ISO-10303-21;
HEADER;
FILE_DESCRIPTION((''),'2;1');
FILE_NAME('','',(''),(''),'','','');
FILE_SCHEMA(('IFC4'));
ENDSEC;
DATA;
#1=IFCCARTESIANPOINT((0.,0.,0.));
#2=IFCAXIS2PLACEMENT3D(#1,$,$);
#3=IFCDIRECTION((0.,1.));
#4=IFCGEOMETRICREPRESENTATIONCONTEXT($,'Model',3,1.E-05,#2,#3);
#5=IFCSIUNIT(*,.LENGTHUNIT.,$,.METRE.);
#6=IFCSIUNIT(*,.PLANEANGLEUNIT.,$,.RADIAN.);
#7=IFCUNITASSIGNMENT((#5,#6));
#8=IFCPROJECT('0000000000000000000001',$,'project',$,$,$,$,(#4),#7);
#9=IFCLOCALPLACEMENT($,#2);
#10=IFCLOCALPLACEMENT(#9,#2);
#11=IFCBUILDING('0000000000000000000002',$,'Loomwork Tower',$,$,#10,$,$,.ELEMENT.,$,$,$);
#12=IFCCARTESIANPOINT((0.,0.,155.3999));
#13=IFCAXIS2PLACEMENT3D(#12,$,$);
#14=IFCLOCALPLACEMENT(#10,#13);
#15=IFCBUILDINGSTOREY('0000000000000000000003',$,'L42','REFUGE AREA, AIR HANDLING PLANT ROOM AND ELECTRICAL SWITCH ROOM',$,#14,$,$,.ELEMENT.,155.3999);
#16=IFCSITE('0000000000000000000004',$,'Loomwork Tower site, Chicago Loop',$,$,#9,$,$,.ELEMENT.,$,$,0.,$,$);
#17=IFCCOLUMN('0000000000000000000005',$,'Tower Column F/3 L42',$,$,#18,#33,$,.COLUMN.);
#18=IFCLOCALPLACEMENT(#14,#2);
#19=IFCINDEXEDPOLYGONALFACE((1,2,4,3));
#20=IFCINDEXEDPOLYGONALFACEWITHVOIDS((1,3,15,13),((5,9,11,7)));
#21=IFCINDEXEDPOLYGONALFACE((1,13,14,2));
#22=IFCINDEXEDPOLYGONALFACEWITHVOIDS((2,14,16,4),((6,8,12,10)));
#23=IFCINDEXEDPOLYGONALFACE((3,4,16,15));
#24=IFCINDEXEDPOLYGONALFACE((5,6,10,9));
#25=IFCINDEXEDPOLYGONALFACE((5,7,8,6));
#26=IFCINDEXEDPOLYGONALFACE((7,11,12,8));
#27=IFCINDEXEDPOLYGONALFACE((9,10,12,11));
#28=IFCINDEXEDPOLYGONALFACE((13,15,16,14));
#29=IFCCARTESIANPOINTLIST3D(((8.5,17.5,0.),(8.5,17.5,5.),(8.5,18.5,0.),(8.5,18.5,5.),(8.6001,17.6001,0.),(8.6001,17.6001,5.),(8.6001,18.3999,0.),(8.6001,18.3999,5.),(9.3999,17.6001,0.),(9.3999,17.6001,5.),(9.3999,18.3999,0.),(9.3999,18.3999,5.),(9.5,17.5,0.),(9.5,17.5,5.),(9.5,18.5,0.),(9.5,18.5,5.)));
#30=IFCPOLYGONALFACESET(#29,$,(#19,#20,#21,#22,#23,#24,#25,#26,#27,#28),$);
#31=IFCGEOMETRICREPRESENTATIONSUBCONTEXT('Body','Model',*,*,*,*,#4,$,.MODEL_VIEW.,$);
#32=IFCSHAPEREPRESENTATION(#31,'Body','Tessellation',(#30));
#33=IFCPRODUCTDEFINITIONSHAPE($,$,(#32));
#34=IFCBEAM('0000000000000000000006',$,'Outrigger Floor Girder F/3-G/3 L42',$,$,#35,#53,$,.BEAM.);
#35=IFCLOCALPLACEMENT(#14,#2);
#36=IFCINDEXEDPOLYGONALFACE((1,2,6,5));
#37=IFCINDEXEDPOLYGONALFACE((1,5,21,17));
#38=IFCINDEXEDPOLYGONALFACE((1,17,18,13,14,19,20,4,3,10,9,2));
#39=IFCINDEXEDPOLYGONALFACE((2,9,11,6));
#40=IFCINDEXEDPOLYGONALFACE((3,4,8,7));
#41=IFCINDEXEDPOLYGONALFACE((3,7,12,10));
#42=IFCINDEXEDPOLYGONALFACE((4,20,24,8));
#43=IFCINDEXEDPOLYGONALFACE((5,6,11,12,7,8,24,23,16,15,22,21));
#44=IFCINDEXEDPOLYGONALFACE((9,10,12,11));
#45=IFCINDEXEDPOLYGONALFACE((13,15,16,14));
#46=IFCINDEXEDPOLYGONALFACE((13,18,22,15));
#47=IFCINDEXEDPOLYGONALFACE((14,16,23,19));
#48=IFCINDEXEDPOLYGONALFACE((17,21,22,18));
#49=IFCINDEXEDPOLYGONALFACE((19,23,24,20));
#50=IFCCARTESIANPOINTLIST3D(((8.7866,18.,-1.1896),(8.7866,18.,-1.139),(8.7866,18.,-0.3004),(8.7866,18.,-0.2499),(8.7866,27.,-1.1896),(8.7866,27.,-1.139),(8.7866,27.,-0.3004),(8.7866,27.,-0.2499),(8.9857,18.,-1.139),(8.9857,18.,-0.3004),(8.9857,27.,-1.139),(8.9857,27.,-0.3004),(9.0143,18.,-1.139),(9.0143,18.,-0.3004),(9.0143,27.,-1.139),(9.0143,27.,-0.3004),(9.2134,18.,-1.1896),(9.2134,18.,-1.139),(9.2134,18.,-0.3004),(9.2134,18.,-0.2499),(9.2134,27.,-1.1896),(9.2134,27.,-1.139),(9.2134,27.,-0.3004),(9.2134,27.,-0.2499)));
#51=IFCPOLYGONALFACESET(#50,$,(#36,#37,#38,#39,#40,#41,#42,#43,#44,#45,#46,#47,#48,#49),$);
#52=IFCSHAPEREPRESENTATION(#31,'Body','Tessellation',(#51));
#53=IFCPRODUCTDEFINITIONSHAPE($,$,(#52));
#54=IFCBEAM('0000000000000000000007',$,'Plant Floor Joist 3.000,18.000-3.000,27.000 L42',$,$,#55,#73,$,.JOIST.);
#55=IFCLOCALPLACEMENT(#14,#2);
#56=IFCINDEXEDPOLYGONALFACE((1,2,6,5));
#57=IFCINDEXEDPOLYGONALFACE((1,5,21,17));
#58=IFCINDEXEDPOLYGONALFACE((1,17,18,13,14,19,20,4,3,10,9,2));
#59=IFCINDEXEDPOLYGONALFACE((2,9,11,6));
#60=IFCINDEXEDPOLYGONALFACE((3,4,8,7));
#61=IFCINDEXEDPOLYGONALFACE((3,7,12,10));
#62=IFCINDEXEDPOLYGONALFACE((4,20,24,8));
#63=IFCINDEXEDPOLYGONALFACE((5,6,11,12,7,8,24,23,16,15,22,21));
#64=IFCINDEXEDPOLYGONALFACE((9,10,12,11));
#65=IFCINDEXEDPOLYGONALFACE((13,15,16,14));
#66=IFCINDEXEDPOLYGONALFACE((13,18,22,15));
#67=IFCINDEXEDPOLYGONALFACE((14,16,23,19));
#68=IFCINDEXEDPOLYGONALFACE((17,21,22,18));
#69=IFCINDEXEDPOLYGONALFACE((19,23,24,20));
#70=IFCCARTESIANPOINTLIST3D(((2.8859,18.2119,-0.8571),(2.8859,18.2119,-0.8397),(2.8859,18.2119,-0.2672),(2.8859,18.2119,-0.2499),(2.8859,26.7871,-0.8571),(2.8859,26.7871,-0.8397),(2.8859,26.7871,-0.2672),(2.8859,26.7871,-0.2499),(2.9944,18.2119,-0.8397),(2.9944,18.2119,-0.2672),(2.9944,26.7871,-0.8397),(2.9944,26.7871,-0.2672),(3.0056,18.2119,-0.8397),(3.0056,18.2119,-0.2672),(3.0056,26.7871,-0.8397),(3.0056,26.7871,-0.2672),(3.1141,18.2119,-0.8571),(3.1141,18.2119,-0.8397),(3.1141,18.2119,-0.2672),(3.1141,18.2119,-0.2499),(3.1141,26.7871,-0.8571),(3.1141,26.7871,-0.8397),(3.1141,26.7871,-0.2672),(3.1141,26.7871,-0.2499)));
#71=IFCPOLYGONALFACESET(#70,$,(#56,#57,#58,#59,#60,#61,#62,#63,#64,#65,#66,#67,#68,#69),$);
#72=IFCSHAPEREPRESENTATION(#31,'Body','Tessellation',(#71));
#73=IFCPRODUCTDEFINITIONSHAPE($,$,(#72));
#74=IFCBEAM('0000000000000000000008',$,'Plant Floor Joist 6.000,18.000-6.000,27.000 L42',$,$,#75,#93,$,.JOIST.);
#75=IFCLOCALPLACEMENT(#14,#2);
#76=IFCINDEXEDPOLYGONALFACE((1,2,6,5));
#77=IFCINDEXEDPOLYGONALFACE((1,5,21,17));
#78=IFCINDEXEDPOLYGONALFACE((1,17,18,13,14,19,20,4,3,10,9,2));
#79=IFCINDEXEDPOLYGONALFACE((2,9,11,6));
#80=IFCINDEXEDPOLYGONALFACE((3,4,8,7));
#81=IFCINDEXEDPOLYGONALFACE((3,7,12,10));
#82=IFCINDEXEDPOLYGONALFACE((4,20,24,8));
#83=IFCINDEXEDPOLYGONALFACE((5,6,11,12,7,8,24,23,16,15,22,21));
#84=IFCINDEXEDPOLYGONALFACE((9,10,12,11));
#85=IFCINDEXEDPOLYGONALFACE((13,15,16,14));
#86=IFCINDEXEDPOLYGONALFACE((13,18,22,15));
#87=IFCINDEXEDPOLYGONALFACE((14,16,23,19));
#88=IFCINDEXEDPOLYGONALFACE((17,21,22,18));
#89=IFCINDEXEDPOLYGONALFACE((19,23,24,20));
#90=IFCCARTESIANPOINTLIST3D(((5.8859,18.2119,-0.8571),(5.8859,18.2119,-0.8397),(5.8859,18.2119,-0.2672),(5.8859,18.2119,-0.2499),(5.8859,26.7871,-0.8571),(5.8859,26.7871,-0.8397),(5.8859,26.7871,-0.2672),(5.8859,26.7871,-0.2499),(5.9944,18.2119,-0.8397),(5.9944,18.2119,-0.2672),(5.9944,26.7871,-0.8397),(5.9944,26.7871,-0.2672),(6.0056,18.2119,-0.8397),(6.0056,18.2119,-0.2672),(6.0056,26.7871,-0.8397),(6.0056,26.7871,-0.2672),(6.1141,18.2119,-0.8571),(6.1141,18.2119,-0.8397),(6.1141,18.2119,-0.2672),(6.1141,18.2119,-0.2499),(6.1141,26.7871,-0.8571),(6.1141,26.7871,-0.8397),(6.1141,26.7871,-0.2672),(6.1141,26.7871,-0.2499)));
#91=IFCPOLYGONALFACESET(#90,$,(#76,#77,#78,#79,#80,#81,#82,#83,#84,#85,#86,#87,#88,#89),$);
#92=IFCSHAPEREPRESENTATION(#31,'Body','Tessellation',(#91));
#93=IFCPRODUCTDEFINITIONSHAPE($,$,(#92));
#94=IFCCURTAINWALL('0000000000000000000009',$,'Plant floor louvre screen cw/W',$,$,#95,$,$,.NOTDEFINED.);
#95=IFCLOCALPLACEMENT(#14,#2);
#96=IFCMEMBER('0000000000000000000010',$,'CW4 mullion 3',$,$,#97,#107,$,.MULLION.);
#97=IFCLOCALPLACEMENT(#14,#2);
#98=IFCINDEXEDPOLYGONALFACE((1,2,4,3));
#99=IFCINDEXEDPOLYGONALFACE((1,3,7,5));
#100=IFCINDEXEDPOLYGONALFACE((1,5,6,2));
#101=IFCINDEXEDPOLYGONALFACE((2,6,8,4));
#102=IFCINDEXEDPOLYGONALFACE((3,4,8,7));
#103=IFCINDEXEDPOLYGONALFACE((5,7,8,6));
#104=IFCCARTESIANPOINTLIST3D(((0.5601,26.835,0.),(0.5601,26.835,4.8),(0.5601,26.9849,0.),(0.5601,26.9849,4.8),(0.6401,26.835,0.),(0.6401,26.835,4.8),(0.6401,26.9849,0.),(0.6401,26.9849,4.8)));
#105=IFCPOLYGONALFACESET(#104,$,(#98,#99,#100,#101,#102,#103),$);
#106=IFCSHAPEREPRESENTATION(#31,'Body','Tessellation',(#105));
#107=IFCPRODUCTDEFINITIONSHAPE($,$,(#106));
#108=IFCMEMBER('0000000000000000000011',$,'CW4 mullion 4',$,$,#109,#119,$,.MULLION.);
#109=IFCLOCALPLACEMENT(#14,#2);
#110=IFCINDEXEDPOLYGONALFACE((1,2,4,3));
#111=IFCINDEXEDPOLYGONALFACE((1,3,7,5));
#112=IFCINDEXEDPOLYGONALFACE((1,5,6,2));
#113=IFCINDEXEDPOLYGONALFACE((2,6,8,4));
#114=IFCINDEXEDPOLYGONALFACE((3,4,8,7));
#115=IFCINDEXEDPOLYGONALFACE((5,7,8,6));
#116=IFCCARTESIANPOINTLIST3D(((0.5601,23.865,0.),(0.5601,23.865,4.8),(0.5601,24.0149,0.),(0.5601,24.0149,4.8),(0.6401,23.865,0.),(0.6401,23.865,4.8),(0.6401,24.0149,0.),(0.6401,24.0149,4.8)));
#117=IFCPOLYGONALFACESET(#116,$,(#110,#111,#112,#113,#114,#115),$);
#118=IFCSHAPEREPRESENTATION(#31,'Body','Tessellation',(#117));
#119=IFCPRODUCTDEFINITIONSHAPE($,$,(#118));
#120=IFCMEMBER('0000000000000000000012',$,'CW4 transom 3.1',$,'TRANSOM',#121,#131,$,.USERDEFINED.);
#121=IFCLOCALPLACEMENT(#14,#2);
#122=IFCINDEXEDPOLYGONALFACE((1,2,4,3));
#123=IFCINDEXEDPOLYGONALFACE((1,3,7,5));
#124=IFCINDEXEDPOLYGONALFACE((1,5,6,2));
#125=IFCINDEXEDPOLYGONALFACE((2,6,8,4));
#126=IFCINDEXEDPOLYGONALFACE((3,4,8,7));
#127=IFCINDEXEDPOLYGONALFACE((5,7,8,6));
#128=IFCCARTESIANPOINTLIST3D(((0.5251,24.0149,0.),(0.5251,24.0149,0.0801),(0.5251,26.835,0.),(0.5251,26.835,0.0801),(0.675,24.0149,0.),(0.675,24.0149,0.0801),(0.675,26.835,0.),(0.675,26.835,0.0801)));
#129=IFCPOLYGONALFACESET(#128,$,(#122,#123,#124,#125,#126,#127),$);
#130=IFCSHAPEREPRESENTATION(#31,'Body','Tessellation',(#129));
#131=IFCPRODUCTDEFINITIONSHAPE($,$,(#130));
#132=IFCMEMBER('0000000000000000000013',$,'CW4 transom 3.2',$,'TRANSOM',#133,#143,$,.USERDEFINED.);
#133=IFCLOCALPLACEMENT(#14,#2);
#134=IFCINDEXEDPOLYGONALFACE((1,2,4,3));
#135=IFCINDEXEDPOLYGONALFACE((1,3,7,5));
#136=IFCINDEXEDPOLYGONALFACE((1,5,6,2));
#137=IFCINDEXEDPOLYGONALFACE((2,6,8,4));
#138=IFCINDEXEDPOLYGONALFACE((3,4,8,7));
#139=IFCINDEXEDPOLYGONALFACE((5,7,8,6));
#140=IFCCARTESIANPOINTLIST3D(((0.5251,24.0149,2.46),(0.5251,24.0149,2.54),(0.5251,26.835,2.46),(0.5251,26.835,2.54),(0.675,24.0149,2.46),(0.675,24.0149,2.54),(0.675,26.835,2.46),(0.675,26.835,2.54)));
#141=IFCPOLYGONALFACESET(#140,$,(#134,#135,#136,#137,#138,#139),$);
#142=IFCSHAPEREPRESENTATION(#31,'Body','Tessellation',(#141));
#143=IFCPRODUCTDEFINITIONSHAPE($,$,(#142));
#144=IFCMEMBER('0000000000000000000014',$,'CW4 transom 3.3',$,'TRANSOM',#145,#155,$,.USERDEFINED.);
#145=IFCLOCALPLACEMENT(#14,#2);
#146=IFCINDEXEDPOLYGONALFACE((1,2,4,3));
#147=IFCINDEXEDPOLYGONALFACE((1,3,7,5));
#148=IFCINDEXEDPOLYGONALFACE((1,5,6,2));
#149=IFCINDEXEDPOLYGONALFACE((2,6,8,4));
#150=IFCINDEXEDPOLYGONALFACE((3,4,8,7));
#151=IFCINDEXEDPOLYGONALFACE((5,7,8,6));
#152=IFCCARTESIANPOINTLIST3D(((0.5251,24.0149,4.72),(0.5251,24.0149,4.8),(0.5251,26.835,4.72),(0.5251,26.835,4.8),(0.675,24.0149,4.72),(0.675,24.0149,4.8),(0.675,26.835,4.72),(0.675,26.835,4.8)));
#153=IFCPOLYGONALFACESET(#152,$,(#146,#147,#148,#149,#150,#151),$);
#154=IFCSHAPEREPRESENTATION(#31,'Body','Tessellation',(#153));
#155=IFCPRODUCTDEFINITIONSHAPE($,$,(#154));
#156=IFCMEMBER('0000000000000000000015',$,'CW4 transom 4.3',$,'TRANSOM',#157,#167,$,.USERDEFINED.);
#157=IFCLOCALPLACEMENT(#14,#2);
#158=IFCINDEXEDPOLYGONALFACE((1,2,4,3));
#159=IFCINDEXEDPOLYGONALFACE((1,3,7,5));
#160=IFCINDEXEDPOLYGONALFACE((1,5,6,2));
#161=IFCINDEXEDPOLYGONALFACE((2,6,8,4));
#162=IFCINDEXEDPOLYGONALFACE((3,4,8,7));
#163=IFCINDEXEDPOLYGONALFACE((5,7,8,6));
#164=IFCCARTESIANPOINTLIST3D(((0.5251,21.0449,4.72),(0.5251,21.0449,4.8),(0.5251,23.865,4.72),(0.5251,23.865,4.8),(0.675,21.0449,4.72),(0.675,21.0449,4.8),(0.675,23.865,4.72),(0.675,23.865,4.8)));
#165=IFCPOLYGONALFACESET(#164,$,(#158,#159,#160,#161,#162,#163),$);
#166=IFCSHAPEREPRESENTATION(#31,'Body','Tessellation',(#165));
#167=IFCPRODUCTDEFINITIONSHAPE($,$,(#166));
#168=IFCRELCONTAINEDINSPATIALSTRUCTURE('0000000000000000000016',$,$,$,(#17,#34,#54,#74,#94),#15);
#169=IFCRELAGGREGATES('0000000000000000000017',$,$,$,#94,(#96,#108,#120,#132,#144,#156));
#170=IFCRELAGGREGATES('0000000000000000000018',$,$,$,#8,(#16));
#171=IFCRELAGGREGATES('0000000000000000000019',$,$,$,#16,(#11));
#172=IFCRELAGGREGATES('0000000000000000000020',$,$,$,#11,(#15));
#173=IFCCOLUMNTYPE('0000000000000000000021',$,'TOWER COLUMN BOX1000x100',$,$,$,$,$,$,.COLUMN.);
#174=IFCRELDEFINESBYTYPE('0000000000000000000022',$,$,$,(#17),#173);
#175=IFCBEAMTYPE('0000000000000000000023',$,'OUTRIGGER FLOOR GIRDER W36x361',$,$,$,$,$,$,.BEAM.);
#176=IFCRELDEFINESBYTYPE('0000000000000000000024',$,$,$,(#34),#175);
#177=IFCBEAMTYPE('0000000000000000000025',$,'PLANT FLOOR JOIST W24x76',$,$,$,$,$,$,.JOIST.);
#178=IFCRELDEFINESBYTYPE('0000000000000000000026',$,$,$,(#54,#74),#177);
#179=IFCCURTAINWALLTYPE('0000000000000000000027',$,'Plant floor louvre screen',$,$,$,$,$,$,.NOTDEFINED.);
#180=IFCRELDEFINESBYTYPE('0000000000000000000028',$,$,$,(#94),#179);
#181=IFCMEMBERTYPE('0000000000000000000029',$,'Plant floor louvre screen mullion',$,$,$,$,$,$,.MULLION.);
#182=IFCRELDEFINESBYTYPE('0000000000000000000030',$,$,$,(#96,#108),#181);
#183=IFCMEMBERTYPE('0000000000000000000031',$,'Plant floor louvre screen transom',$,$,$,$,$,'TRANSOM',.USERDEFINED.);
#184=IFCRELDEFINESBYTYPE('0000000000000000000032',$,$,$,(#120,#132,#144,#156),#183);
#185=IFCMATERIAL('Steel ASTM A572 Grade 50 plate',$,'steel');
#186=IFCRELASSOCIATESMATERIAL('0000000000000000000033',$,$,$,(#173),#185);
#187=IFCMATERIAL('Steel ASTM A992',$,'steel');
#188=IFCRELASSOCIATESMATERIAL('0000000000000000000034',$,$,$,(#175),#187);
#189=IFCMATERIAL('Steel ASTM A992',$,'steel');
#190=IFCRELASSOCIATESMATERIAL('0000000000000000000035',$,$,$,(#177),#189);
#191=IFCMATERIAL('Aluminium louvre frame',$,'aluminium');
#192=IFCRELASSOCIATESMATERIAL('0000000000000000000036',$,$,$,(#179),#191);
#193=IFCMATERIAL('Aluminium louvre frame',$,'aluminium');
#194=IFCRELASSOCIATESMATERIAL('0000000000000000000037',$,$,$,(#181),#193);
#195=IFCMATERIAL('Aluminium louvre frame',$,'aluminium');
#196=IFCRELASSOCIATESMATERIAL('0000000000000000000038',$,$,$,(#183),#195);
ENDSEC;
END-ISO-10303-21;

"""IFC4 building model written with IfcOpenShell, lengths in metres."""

from ifc_helpers import new_model, si_unit, direction, frame, origin, origin_2d, place, context, subcontext, project, spatial, rectangle, hollow_rectangle, i_section, extrude, material, material_profile, profile_set, type_object, element, aggregate, save


model = new_model("IFC4")

# Units and contexts
model_context = context("Model", 3, precision=1e-05, world=origin(), true_north=direction((0.0, 1.0)))
body_context = subcontext(model_context, "Body", "Model", "MODEL_VIEW")
ifc_project = project(units=[si_unit("LENGTHUNIT", "METRE"), si_unit("PLANEANGLEUNIT", "RADIAN")], contexts=[model_context])

# Site, building, storey
site_placement = place(None, origin())
site = spatial("IfcSite", under=ifc_project, at=site_placement, Name="Loomwork Tower site, Chicago Loop", CompositionType="ELEMENT", RefElevation=0.0)
building_placement = place(site_placement, origin())
building = spatial("IfcBuilding", under=site, at=building_placement, Name="Loomwork Tower", CompositionType="ELEMENT")
storey_placement = place(building_placement, frame((0.0, 0.0, 155.3999)))
storey = spatial("IfcBuildingStorey", under=building, at=storey_placement, Name="L42", Description="REFUGE AREA, AIR HANDLING PLANT ROOM AND ELECTRICAL SWITCH ROOM", CompositionType="ELEMENT", Elevation=155.3999)

# Column
ifc_material_1 = material(Name="Steel ASTM A572 Grade 50 plate", Category="steel")
ifc_material_profile_1 = material_profile(ifc_material_1, hollow_rectangle(XDim=1.0, YDim=1.0, WallThickness=0.1001, at=origin_2d()), Name="BOX1000x100")
ifc_profile_set_1 = profile_set([ifc_material_profile_1], Name="Steel ASTM A572 Grade 50 plate")
column_type = type_object("IfcColumnType", Name="TOWER COLUMN BOX1000x100", PredefinedType="COLUMN", material=ifc_profile_set_1)
column_placement = place(storey_placement, frame((9.0, 18.0, 0.0), z_axis=(0.0, 0.0, 1.0), x_axis=(1.0, 0.0, 0.0)))
element("IfcColumn", 1, at=column_placement, inside=storey, type_object=column_type, Name="Tower Column F/3 L42", PredefinedType="COLUMN", context=body_context, shape_type="SweptSolid", body=[
    extrude(hollow_rectangle(XDim=1.0, YDim=1.0, WallThickness=0.1001, at=origin_2d()), origin(), (0.0, 0.0, 1.0), 5.0),
])

# Beams
ifc_material_2 = material(Name="Steel ASTM A992", Category="steel")
ifc_material_profile_2 = material_profile(ifc_material_2, i_section(OverallWidth=0.4268, OverallDepth=0.9397, WebThickness=0.0286, FlangeThickness=0.0505, at=origin_2d()), Name="W36x361")
ifc_profile_set_2 = profile_set([ifc_material_profile_2], Name="Steel ASTM A992")
beam_type_1 = type_object("IfcBeamType", Name="OUTRIGGER FLOOR GIRDER W36x361", PredefinedType="BEAM", material=ifc_profile_set_2)
beam_placement = place(storey_placement, frame((9.0, 18.0, -0.7197), z_axis=(0.0, 1.0, 0.0), x_axis=(-1.0, 0.0, 0.0)))
element("IfcBeam", 2, at=beam_placement, inside=storey, type_object=beam_type_1, Name="Outrigger Floor Girder F/3-G/3 L42", PredefinedType="BEAM", context=body_context, shape_type="SweptSolid", body=[
    extrude(i_section(OverallWidth=0.4268, OverallDepth=0.9397, WebThickness=0.0286, FlangeThickness=0.0505, at=origin_2d()), origin(), (0.0, 0.0, 1.0), 9.0),
])
ifc_material_3 = material(Name="Steel ASTM A992", Category="steel")
ifc_material_profile_3 = material_profile(ifc_material_3, i_section(OverallWidth=0.2283, OverallDepth=0.6072, WebThickness=0.0112, FlangeThickness=0.0173, at=origin_2d()), Name="W24x76")
ifc_profile_set_3 = profile_set([ifc_material_profile_3], Name="Steel ASTM A992")
beam_type_2 = type_object("IfcBeamType", Name="PLANT FLOOR JOIST W24x76", PredefinedType="JOIST", material=ifc_profile_set_3)
for number, where, z_axis, x_axis, name in (
    (3, (3.0, 18.2119, -0.5535), (0.0, 1.0, 0.0), (-1.0, 0.0, 0.0), "Plant Floor Joist 3.000,18.000-3.000,27.000 L42"),
    (4, (6.0, 18.2119, -0.5535), (0.0, 1.0, 0.0), (-1.0, 0.0, 0.0), "Plant Floor Joist 6.000,18.000-6.000,27.000 L42"),
):
    element("IfcBeam", number, at=place(storey_placement, frame(where, z_axis=z_axis, x_axis=x_axis)), inside=storey, type_object=beam_type_2, Name=name, PredefinedType="JOIST", context=body_context, shape_type="SweptSolid", body=[
        extrude(i_section(OverallWidth=0.2283, OverallDepth=0.6072, WebThickness=0.0112, FlangeThickness=0.0173, at=origin_2d()), origin(), (0.0, 0.0, 1.0), 8.5752),
    ])

# Curtain wall, members
ifc_material_4 = material(Name="Aluminium louvre frame", Category="aluminium")
curtain_wall_type = type_object("IfcCurtainWallType", Name="Plant floor louvre screen", PredefinedType="NOTDEFINED", material=ifc_material_4)
curtain_wall_placement = place(storey_placement, origin())
curtain_wall = element("IfcCurtainWall", 5, at=curtain_wall_placement, inside=storey, type_object=curtain_wall_type, Name="Plant floor louvre screen cw/W", PredefinedType="NOTDEFINED")
ifc_material_5 = material(Name="Aluminium louvre frame", Category="aluminium")
ifc_material_profile_4 = material_profile(ifc_material_5, rectangle(XDim=0.0801, YDim=0.1499, at=origin_2d()), Name="AL 80x150")
ifc_profile_set_4 = profile_set([ifc_material_profile_4], Name="Aluminium louvre frame")
member_type_1 = type_object("IfcMemberType", Name="Plant floor louvre screen mullion", PredefinedType="MULLION", material=ifc_profile_set_4)
member_1_placement = place(storey_placement, frame((0.6001, 26.9099, 0.0), z_axis=(0.0, 0.0, 1.0), x_axis=(1.0, 0.0, 0.0)))
member_1 = element("IfcMember", 6, at=member_1_placement, type_object=member_type_1, Name="CW4 mullion 3", PredefinedType="MULLION", context=body_context, shape_type="SweptSolid", body=[
    extrude(rectangle(XDim=0.0801, YDim=0.1499, at=origin_2d()), origin(), (0.0, 0.0, 1.0), 4.8),
])
member_2_placement = place(storey_placement, frame((0.6001, 23.9399, 0.0), z_axis=(0.0, 0.0, 1.0), x_axis=(1.0, 0.0, 0.0)))
member_2 = element("IfcMember", 7, at=member_2_placement, type_object=member_type_1, Name="CW4 mullion 4", PredefinedType="MULLION", context=body_context, shape_type="SweptSolid", body=[
    extrude(rectangle(XDim=0.0801, YDim=0.1499, at=origin_2d()), origin(), (0.0, 0.0, 1.0), 4.8),
])
ifc_material_6 = material(Name="Aluminium louvre frame", Category="aluminium")
ifc_material_profile_5 = material_profile(ifc_material_6, rectangle(XDim=0.1499, YDim=0.0801, at=origin_2d()), Name="AL 80x150")
ifc_profile_set_5 = profile_set([ifc_material_profile_5], Name="Aluminium louvre frame")
member_type_2 = type_object("IfcMemberType", Name="Plant floor louvre screen transom", ElementType="TRANSOM", PredefinedType="USERDEFINED", material=ifc_profile_set_5)
member_3_placement = place(storey_placement, frame((0.6001, 26.835, 0.04), z_axis=(0.0, -1.0, 0.0), x_axis=(1.0, 0.0, 0.0)))
member_3 = element("IfcMember", 8, at=member_3_placement, type_object=member_type_2, Name="CW4 transom 3.1", ObjectType="TRANSOM", PredefinedType="USERDEFINED", context=body_context, shape_type="SweptSolid", body=[
    extrude(rectangle(XDim=0.1499, YDim=0.0801, at=origin_2d()), origin(), (0.0, 0.0, 1.0), 2.8201),
])
member_4_placement = place(storey_placement, frame((0.6001, 26.835, 2.5), z_axis=(0.0, -1.0, 0.0), x_axis=(1.0, 0.0, 0.0)))
member_4 = element("IfcMember", 9, at=member_4_placement, type_object=member_type_2, Name="CW4 transom 3.2", ObjectType="TRANSOM", PredefinedType="USERDEFINED", context=body_context, shape_type="SweptSolid", body=[
    extrude(rectangle(XDim=0.1499, YDim=0.0801, at=origin_2d()), origin(), (0.0, 0.0, 1.0), 2.8201),
])
member_5_placement = place(storey_placement, frame((0.6001, 26.835, 4.76), z_axis=(0.0, -1.0, 0.0), x_axis=(1.0, 0.0, 0.0)))
member_5 = element("IfcMember", 10, at=member_5_placement, type_object=member_type_2, Name="CW4 transom 3.3", ObjectType="TRANSOM", PredefinedType="USERDEFINED", context=body_context, shape_type="SweptSolid", body=[
    extrude(rectangle(XDim=0.1499, YDim=0.0801, at=origin_2d()), origin(), (0.0, 0.0, 1.0), 2.8201),
])
member_6_placement = place(storey_placement, frame((0.6001, 23.865, 4.76), z_axis=(0.0, -1.0, 0.0), x_axis=(1.0, 0.0, 0.0)))
member_6 = element("IfcMember", 11, at=member_6_placement, type_object=member_type_2, Name="CW4 transom 4.3", ObjectType="TRANSOM", PredefinedType="USERDEFINED", context=body_context, shape_type="SweptSolid", body=[
    extrude(rectangle(XDim=0.1499, YDim=0.0801, at=origin_2d()), origin(), (0.0, 0.0, 1.0), 2.8201),
])

aggregate(curtain_wall, [member_1, member_2, member_3, member_4, member_5, member_6])

save(model, "model.ifc")
